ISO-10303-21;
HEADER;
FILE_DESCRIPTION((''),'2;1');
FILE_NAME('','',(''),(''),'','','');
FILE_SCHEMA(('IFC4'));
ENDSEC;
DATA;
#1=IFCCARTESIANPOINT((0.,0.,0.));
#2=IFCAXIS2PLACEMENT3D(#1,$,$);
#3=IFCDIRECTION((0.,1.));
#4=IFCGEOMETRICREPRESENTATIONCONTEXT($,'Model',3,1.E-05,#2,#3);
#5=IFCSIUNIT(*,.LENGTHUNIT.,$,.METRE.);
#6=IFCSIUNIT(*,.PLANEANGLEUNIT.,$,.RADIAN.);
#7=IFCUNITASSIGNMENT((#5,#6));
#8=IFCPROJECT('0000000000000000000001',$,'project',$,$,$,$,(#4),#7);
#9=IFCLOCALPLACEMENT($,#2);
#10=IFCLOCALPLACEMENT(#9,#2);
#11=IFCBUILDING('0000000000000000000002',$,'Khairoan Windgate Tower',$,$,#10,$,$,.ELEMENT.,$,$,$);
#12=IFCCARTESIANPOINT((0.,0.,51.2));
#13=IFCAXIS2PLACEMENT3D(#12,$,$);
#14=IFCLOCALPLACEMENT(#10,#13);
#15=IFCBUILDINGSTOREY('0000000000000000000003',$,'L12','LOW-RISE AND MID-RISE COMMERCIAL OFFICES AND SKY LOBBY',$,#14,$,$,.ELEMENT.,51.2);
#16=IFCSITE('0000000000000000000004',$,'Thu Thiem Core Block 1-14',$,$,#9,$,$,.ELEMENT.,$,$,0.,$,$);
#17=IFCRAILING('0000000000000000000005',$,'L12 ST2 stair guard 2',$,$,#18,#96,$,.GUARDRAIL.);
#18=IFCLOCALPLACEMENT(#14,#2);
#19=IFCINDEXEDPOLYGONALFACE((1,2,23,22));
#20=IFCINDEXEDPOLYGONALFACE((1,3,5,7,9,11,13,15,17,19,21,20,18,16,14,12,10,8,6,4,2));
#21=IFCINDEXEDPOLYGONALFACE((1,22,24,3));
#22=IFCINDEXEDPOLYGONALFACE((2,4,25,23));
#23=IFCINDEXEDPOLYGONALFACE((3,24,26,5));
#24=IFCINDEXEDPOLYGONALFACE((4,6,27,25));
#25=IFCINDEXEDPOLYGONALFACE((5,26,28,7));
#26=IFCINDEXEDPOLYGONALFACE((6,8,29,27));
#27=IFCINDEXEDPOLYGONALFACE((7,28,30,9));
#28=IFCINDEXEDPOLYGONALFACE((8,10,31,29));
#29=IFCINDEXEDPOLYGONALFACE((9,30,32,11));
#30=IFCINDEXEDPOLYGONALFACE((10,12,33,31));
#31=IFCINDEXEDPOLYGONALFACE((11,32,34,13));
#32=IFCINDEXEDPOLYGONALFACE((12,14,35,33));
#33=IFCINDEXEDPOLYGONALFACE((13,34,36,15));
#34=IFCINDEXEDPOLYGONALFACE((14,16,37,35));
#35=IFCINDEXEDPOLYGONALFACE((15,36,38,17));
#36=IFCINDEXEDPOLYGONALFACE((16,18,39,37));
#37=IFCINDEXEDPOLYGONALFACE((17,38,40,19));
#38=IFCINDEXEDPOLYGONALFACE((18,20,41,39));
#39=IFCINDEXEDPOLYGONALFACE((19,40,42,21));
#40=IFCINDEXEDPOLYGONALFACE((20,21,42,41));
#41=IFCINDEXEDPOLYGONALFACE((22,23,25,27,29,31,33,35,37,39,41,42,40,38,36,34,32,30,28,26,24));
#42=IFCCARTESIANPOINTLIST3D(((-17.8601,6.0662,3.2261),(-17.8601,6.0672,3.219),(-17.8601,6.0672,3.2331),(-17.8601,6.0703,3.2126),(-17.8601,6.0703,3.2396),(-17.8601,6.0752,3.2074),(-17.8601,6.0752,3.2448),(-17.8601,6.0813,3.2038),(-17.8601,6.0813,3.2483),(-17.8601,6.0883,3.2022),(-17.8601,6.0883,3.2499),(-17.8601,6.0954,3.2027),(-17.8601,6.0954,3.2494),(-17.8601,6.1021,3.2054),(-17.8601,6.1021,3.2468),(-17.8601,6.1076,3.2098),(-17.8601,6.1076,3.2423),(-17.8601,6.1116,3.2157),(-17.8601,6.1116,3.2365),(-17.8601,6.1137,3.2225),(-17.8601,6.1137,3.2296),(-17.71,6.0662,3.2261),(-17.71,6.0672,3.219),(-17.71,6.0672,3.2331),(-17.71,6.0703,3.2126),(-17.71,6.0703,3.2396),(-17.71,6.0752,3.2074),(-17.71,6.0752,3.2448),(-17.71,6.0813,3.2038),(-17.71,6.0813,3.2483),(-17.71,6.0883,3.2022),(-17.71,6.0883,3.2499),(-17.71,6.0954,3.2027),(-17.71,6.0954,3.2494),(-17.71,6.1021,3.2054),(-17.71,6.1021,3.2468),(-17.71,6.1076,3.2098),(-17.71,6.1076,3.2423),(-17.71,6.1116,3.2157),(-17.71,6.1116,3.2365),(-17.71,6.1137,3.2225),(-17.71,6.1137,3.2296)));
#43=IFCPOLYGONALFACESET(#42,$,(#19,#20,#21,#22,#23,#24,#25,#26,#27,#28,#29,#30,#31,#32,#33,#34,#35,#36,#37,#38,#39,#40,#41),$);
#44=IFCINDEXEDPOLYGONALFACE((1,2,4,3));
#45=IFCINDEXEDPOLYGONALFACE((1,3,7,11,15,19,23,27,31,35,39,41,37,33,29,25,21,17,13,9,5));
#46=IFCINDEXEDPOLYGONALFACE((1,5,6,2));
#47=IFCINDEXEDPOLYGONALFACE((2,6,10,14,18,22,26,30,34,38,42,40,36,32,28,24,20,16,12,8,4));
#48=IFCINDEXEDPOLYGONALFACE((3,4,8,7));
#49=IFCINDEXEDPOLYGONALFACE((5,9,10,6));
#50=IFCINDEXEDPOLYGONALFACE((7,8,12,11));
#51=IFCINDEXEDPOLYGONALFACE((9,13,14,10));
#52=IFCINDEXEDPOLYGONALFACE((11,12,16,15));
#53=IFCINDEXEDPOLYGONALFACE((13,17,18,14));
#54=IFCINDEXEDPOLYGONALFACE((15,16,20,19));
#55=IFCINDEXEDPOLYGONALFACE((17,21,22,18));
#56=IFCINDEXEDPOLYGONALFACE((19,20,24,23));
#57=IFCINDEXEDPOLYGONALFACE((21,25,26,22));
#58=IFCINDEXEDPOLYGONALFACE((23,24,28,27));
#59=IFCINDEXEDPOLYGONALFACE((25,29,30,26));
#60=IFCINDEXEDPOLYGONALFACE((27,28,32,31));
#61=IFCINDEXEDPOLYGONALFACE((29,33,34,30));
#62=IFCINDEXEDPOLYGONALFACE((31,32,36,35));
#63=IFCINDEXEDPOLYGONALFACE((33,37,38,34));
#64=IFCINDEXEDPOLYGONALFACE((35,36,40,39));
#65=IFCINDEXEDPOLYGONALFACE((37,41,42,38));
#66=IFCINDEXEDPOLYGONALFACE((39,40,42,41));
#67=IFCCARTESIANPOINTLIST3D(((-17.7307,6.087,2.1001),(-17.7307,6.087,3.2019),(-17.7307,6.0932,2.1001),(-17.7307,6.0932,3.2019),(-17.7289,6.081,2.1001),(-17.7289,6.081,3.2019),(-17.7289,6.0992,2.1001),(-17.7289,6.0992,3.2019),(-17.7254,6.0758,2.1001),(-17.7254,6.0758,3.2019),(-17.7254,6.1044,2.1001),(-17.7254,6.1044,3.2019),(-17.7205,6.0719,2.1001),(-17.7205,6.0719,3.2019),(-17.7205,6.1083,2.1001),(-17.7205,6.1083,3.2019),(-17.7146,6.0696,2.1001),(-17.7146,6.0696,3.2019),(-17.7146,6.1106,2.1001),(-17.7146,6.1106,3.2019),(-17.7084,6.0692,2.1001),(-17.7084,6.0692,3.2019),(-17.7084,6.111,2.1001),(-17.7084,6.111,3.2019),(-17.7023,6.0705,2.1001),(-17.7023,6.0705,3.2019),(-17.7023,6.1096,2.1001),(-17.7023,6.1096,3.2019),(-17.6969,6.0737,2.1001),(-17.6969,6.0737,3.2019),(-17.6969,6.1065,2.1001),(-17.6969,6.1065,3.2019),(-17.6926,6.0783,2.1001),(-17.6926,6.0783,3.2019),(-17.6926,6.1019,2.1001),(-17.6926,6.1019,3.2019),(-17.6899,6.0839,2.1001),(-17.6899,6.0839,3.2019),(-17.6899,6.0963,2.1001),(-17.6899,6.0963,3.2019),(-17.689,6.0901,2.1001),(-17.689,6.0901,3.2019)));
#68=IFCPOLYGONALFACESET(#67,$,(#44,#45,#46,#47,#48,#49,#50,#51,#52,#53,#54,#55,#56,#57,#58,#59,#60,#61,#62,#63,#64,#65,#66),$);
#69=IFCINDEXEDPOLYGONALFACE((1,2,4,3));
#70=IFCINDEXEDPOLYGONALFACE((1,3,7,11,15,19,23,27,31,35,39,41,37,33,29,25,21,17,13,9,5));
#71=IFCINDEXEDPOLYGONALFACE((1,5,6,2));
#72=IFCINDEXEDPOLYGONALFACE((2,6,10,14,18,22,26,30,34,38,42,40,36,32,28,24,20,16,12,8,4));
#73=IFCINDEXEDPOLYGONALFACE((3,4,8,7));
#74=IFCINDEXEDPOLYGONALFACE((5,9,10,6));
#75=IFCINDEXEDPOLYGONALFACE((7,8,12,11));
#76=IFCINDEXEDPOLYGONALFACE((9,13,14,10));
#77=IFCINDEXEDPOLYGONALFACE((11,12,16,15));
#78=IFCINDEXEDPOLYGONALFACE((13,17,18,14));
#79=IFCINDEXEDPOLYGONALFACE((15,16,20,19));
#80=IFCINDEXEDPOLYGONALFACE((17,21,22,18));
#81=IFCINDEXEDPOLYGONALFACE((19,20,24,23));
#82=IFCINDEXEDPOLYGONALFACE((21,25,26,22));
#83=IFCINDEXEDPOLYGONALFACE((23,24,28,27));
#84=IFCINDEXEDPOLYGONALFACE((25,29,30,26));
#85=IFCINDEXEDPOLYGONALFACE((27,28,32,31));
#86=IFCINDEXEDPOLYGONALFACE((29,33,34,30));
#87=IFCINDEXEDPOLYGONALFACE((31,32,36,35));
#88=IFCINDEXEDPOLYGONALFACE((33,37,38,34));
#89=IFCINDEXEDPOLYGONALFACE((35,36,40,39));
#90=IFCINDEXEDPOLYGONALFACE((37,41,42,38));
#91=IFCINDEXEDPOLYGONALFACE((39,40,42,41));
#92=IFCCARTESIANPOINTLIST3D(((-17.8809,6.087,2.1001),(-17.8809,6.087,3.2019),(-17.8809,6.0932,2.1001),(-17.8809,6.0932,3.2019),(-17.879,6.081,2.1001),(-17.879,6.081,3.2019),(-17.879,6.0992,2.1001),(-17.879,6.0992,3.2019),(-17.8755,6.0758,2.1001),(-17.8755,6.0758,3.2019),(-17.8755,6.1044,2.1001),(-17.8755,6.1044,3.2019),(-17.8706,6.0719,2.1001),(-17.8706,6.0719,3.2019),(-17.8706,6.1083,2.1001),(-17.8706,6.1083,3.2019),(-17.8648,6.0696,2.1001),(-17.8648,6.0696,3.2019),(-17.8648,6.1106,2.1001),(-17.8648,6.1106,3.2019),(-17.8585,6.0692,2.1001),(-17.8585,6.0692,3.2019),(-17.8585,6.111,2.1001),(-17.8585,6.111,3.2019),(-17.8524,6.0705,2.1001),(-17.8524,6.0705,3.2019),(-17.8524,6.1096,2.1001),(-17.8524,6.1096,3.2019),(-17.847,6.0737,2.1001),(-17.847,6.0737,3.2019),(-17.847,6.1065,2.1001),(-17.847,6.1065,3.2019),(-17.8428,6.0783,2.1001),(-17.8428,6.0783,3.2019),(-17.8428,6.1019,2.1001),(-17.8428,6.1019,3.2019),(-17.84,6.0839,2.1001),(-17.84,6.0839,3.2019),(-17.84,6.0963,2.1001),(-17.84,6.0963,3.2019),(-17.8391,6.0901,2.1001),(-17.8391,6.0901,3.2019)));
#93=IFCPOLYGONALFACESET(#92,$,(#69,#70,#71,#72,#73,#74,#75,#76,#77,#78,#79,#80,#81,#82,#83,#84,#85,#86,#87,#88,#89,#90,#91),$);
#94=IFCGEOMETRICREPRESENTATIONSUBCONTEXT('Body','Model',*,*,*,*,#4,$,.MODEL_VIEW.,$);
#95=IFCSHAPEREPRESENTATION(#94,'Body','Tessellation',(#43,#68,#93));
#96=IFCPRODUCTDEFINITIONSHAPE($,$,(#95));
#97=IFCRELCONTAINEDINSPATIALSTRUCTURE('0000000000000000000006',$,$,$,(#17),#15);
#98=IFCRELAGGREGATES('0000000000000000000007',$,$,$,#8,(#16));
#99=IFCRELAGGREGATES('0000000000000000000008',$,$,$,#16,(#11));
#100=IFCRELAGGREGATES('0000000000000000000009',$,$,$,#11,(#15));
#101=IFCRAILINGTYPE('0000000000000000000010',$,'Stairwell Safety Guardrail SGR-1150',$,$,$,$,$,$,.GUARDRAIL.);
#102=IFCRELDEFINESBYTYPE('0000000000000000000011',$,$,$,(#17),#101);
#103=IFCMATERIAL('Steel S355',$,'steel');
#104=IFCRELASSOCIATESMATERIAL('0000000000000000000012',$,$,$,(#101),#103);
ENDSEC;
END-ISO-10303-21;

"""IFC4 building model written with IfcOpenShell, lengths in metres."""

from ifc_helpers import new_model, si_unit, direction, frame, origin, origin_2d, place, context, subcontext, project, spatial, circle, extrude, material, type_object, element, save


model = new_model("IFC4")

# Units and contexts
model_context = context("Model", 3, precision=1e-05, world=origin(), true_north=direction((0.0, 1.0)))
body_context = subcontext(model_context, "Body", "Model", "MODEL_VIEW")
ifc_project = project(units=[si_unit("LENGTHUNIT", "METRE"), si_unit("PLANEANGLEUNIT", "RADIAN")], contexts=[model_context])

# Site, building, storey
site_placement = place(None, origin())
site = spatial("IfcSite", under=ifc_project, at=site_placement, Name="Thu Thiem Core Block 1-14", CompositionType="ELEMENT", RefElevation=0.0)
building_placement = place(site_placement, origin())
building = spatial("IfcBuilding", under=site, at=building_placement, Name="Khairoan Windgate Tower", CompositionType="ELEMENT")
storey_placement = place(building_placement, frame((0.0, 0.0, 51.2)))
storey = spatial("IfcBuildingStorey", under=building, at=storey_placement, Name="L12", Description="LOW-RISE AND MID-RISE COMMERCIAL OFFICES AND SKY LOBBY", CompositionType="ELEMENT", Elevation=51.2)

# Railing
ifc_material_1 = material(Name="Steel S355", Category="steel")
railing_type_1 = type_object("IfcRailingType", Name="Stairwell Safety Guardrail SGR-1150", PredefinedType="GUARDRAIL", material=ifc_material_1)
railing_1_placement = place(storey_placement, frame((-17.71, 6.0901, 2.1001)))
element("IfcRailing", 1, at=railing_1_placement, inside=storey, type_object=railing_type_1, Name="L12 ST2 stair guard 2", PredefinedType="GUARDRAIL", context=body_context, shape_type="SweptSolid", body=[
    extrude(circle(Radius=0.0239, at=origin_2d()), frame((0.0, 0.0, 1.126), z_axis=(-1.0, 0.0, 0.0), x_axis=(0.0, -1.0, 0.0)), (0.0, 0.0, 1.0), 0.1501),
    extrude(circle(Radius=0.021, at=origin_2d()), origin(), (0.0, 0.0, 1.0), 1.1018),
    extrude(circle(Radius=0.021, at=origin_2d()), frame((-0.1501, 0.0, 0.0)), (0.0, 0.0, 1.0), 1.1018),
])

save(model, "model.ifc")
